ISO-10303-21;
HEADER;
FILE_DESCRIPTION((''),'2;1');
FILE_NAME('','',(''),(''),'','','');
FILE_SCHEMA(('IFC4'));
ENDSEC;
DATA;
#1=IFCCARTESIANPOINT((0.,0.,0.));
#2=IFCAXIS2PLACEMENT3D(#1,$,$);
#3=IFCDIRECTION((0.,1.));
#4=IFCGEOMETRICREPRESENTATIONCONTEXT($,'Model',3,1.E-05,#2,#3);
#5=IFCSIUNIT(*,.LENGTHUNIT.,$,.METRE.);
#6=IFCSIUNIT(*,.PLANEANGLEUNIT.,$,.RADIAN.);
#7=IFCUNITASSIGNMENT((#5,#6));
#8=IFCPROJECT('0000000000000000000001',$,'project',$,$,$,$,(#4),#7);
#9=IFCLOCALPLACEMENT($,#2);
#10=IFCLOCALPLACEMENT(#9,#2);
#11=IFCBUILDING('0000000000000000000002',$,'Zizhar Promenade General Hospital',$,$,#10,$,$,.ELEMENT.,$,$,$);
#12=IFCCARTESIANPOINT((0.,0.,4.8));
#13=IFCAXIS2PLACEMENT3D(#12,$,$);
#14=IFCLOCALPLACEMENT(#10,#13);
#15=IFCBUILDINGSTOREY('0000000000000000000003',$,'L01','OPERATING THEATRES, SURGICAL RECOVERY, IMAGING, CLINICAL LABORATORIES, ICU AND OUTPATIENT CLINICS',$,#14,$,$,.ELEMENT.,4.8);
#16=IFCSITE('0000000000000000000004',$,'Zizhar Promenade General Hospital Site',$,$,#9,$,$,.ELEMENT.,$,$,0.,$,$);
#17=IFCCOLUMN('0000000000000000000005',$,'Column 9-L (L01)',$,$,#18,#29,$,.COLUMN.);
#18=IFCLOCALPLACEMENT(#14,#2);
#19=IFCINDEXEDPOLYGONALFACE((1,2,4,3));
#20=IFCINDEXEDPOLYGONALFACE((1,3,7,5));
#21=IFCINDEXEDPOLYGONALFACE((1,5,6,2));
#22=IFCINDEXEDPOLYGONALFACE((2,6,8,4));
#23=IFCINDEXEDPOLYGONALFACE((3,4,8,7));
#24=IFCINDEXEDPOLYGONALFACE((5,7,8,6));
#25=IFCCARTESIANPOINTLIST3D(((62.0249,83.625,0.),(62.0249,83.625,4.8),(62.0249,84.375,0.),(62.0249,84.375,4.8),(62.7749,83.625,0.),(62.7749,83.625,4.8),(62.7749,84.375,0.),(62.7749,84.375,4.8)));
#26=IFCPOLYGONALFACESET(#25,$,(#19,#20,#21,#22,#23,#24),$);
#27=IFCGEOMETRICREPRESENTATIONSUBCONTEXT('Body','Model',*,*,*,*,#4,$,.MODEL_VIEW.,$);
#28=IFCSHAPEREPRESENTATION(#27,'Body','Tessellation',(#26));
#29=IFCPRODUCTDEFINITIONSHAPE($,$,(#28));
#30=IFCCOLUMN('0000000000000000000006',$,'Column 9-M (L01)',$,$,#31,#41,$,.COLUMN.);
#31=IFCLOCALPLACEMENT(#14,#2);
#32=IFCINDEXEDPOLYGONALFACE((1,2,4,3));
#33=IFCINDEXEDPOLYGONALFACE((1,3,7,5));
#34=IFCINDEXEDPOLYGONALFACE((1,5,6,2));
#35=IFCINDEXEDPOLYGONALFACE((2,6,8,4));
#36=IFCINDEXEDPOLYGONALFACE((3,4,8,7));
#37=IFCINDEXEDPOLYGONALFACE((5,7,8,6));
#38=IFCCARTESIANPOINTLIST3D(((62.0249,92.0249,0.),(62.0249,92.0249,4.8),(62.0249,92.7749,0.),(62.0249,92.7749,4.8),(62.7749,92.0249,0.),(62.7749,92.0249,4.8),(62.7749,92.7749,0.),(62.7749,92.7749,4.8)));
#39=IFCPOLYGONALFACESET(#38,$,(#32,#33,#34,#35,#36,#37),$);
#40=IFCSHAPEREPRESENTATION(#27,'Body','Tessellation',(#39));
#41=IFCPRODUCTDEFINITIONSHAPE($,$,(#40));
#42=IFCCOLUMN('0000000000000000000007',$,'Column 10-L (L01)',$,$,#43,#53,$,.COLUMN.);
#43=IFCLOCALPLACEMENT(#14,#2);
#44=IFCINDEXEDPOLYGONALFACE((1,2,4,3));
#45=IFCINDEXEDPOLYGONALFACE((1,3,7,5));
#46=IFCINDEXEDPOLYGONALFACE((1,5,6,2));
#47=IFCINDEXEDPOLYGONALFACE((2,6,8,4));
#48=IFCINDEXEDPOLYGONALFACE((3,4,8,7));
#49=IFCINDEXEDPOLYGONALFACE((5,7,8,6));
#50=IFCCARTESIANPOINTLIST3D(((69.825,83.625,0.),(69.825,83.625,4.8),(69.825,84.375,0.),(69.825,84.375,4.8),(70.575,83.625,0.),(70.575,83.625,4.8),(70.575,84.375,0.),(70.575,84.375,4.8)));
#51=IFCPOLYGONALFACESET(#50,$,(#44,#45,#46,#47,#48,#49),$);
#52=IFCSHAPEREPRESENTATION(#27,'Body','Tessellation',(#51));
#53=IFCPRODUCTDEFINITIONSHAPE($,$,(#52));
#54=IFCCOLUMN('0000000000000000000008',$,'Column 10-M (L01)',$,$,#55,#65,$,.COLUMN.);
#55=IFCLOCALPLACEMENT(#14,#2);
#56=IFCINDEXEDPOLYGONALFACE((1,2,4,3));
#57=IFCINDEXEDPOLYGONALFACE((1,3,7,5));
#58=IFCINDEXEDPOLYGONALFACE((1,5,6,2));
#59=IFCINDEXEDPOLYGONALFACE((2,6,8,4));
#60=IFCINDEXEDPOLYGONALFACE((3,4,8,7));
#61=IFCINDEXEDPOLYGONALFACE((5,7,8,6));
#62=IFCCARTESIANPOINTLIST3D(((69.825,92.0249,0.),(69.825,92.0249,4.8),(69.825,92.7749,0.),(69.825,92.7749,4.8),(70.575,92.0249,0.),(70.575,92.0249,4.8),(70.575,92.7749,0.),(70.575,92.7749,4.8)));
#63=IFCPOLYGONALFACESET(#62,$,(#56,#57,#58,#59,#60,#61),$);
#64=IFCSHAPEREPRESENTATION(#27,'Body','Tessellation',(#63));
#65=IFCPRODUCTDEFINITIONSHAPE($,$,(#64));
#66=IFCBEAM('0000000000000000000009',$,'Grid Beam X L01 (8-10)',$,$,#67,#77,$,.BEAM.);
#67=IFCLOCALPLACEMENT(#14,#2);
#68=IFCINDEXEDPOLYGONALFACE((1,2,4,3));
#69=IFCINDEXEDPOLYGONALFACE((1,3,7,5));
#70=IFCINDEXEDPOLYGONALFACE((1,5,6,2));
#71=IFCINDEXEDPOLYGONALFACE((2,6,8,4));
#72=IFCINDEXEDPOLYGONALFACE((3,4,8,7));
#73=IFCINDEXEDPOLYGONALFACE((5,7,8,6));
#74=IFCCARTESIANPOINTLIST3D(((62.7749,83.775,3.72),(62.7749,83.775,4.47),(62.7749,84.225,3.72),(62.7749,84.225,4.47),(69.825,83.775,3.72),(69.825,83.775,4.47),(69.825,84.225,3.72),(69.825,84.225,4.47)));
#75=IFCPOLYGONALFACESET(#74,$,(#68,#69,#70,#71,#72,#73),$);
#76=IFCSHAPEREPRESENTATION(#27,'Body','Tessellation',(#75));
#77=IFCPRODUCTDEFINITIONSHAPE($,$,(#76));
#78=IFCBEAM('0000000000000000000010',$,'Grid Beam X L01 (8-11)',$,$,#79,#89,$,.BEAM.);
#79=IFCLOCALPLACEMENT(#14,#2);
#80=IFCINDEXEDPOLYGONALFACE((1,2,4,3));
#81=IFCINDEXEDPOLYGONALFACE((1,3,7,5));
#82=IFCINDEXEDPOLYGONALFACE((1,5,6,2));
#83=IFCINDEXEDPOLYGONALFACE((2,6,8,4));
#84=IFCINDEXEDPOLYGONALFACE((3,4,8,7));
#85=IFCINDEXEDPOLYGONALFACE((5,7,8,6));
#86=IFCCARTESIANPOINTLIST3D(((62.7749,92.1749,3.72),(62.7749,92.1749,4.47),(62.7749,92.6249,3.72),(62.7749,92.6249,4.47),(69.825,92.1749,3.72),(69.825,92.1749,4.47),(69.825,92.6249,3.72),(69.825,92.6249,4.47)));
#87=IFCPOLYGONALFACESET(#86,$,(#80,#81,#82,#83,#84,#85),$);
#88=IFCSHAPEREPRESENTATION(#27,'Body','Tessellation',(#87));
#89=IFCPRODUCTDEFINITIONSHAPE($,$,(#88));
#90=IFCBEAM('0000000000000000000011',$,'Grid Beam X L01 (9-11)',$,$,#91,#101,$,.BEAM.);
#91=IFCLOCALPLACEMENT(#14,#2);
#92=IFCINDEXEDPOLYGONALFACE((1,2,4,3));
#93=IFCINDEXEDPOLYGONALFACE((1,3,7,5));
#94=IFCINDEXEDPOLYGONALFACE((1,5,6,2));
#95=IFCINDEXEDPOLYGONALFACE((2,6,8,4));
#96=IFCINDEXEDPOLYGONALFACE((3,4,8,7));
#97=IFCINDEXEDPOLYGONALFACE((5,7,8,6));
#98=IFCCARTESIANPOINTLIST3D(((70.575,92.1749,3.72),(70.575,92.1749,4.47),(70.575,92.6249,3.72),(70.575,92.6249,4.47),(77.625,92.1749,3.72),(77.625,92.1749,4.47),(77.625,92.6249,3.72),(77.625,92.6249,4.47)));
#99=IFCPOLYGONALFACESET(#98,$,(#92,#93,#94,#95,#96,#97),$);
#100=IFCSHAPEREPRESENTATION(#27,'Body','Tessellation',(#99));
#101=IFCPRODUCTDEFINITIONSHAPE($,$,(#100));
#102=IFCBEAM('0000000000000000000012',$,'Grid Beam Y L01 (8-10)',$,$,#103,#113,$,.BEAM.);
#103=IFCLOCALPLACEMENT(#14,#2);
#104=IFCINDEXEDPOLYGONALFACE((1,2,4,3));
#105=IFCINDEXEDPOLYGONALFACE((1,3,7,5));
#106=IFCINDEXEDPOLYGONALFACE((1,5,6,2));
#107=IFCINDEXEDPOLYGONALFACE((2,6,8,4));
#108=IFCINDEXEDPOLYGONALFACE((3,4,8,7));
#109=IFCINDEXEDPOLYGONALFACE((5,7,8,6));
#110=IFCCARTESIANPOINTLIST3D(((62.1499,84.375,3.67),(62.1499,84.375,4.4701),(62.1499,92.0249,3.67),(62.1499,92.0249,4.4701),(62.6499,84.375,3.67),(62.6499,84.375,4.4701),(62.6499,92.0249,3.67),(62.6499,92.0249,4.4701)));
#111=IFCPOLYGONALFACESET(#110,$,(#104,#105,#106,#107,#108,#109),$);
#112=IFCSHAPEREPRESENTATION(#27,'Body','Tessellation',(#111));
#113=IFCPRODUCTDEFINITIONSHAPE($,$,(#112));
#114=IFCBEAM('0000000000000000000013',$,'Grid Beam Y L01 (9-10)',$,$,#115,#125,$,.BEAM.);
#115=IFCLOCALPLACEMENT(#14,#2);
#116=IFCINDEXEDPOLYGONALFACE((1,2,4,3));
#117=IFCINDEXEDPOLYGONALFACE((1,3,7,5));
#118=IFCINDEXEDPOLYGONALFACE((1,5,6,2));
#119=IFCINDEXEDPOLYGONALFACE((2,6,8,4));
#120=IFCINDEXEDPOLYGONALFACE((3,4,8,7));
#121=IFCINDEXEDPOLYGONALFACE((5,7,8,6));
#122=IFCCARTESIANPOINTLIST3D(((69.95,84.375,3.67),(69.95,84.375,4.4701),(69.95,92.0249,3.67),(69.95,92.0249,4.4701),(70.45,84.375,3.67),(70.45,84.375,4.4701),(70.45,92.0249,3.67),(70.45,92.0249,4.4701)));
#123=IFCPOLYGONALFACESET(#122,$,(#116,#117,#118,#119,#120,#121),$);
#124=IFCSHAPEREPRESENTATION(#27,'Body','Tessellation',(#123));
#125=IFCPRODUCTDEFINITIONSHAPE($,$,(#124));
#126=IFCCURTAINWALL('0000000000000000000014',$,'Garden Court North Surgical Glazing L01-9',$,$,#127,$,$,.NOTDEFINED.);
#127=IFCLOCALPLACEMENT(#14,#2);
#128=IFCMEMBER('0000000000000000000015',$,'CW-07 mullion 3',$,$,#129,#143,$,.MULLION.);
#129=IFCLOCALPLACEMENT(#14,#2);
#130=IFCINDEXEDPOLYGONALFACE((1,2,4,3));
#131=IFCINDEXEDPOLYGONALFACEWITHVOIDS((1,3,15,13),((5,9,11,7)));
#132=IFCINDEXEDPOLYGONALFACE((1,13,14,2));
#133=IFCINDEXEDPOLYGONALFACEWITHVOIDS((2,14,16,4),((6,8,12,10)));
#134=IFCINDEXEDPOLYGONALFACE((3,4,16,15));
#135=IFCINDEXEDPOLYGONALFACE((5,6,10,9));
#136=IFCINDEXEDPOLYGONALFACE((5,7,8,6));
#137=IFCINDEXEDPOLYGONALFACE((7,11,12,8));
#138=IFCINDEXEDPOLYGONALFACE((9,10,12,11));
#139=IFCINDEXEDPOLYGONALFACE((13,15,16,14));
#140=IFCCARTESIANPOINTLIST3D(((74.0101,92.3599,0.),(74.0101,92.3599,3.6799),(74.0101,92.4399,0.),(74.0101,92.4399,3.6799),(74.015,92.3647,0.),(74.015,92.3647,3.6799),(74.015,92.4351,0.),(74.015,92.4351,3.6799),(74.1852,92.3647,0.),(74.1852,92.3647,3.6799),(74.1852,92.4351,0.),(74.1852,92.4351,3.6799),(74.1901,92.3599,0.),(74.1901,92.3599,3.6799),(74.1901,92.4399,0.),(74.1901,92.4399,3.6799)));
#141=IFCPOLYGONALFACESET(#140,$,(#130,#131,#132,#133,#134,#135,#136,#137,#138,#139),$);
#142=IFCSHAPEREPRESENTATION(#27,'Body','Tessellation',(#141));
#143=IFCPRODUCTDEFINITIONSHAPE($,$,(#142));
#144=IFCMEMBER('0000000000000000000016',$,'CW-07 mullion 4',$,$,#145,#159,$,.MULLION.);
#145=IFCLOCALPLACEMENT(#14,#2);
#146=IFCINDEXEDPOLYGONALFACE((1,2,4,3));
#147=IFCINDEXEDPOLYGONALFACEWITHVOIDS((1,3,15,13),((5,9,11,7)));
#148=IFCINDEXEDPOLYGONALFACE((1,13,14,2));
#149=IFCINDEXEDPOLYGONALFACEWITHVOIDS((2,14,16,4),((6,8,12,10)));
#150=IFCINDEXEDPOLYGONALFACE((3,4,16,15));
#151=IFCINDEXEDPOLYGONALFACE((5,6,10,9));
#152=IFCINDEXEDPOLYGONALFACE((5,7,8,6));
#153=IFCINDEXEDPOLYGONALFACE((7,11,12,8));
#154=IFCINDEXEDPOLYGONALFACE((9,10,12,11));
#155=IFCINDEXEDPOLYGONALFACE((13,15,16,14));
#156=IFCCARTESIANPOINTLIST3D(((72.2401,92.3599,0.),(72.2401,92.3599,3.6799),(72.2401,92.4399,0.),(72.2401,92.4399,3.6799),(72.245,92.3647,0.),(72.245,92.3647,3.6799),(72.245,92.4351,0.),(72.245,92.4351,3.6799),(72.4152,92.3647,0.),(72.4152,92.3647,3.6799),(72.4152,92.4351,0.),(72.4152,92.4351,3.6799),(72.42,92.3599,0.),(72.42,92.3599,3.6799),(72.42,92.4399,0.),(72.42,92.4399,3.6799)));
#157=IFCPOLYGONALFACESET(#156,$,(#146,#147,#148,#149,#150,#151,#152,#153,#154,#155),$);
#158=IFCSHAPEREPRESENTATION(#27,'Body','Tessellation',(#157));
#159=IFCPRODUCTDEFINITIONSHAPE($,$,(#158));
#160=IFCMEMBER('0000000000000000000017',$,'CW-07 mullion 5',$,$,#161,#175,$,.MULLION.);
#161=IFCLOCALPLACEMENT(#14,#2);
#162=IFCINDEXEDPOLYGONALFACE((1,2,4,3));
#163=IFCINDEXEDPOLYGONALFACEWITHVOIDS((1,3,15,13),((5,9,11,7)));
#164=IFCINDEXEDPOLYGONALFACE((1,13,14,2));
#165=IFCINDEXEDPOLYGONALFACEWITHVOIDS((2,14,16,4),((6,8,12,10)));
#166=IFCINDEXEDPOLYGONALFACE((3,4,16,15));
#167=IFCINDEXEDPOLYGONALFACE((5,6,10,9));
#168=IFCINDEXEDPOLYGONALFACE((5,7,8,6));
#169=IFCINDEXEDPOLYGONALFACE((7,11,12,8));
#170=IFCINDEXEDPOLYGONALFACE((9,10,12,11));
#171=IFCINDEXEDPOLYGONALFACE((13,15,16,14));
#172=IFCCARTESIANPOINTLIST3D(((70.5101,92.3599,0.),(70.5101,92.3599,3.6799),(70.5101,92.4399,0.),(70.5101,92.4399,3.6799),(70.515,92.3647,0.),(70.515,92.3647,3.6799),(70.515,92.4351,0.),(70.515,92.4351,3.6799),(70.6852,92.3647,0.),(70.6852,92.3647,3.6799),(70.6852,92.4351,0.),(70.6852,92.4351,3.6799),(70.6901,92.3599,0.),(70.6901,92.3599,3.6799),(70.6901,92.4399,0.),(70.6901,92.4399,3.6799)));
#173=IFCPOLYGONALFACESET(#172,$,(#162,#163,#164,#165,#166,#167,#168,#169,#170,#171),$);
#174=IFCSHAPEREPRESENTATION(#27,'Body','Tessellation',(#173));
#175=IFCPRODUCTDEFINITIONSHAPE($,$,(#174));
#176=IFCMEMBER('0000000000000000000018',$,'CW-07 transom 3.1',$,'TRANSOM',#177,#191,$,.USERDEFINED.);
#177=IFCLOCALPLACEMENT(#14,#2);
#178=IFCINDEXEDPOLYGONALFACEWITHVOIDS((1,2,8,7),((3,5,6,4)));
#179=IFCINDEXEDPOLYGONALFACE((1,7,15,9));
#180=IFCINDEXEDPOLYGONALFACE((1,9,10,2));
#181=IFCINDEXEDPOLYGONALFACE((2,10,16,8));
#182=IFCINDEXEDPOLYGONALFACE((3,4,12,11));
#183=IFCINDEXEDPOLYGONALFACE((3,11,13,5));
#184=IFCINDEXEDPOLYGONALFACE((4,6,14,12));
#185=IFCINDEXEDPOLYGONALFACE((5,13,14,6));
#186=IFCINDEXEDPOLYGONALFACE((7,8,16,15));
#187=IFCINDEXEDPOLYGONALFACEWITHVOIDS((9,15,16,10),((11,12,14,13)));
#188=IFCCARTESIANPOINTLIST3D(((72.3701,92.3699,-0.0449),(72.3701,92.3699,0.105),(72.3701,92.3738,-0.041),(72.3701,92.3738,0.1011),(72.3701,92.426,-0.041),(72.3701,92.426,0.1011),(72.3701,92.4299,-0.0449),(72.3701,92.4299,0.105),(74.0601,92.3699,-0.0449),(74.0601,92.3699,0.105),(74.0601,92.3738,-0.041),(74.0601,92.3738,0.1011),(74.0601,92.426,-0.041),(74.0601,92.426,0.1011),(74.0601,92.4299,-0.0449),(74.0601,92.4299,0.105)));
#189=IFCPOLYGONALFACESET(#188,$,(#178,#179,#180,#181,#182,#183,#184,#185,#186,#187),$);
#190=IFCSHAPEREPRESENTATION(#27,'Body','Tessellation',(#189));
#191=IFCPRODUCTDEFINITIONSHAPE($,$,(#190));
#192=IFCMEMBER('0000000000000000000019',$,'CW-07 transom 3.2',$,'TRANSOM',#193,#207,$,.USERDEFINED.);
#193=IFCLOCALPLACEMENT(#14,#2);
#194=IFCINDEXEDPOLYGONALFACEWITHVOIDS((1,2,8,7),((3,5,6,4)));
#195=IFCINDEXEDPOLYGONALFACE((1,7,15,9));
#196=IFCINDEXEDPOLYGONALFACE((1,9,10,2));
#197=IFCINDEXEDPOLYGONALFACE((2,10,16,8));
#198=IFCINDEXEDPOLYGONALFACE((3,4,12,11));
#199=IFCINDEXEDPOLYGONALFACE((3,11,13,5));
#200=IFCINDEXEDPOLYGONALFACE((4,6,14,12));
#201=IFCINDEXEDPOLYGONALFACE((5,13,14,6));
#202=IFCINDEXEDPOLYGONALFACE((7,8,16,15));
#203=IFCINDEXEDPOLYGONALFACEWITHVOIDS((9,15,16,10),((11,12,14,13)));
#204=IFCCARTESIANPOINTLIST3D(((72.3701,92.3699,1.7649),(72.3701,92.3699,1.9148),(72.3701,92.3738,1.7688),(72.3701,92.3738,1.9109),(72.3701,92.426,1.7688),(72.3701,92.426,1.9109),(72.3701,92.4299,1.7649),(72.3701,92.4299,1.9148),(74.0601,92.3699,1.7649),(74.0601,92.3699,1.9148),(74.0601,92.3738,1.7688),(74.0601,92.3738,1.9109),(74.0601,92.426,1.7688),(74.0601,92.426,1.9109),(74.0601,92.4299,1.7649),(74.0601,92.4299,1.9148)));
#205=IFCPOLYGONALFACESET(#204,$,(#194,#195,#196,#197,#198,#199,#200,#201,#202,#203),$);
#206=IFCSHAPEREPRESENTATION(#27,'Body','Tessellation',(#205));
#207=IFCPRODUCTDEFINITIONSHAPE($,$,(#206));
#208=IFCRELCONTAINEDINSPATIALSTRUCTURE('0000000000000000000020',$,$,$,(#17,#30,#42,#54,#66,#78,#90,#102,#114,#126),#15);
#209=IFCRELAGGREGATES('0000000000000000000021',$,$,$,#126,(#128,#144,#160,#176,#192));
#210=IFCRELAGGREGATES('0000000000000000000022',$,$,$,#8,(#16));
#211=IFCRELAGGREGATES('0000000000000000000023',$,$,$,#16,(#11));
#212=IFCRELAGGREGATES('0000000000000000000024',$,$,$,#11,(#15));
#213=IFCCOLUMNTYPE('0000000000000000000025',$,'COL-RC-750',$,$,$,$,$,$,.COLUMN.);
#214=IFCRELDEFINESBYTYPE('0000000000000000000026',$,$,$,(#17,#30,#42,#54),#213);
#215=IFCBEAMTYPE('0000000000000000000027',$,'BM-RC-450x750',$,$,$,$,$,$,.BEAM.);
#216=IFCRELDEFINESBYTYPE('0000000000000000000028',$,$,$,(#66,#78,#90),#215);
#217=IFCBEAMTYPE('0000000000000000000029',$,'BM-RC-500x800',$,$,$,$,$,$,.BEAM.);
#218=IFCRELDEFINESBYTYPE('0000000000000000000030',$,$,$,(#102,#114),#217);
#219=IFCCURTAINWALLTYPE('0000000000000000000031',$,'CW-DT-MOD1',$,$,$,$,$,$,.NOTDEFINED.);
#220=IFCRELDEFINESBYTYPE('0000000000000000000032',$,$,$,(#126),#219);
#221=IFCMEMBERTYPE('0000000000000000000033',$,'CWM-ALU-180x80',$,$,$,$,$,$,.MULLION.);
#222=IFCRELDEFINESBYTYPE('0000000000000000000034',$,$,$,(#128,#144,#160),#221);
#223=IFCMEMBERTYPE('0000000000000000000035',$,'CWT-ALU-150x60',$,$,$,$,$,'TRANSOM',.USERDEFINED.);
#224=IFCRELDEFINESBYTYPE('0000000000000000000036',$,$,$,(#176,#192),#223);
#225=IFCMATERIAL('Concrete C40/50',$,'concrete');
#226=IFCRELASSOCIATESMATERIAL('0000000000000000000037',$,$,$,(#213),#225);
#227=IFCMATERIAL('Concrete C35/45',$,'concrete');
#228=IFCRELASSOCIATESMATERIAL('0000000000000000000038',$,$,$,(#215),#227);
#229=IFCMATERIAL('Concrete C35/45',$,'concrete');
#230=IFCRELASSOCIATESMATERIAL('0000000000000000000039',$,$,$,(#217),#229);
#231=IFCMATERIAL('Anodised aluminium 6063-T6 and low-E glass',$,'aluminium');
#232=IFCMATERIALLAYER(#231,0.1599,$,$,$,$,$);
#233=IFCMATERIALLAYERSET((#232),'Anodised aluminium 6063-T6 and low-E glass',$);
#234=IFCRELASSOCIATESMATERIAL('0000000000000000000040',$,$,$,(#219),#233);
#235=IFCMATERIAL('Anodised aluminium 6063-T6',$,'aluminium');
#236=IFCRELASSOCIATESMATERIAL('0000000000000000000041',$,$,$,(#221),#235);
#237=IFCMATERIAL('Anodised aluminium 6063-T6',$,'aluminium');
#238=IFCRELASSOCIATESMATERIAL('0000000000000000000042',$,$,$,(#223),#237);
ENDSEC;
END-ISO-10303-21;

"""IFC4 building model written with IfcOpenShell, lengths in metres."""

from ifc_helpers import new_model, si_unit, direction, frame, origin, origin_2d, place, context, subcontext, project, spatial, rectangle, hollow_rectangle, extrude, material, layer, layer_set, material_profile, profile_set, type_object, element, aggregate, save


model = new_model("IFC4")

# Units and contexts
model_context = context("Model", 3, precision=1e-05, world=origin(), true_north=direction((0.0, 1.0)))
body_context = subcontext(model_context, "Body", "Model", "MODEL_VIEW")
ifc_project = project(units=[si_unit("LENGTHUNIT", "METRE"), si_unit("PLANEANGLEUNIT", "RADIAN")], contexts=[model_context])

# Site, building, storey
site_placement = place(None, origin())
site = spatial("IfcSite", under=ifc_project, at=site_placement, Name="Zizhar Promenade General Hospital Site", CompositionType="ELEMENT", RefElevation=0.0)
building_placement = place(site_placement, origin())
building = spatial("IfcBuilding", under=site, at=building_placement, Name="Zizhar Promenade General Hospital", CompositionType="ELEMENT")
storey_placement = place(building_placement, frame((0.0, 0.0, 4.8)))
storey = spatial("IfcBuildingStorey", under=building, at=storey_placement, Name="L01", Description="OPERATING THEATRES, SURGICAL RECOVERY, IMAGING, CLINICAL LABORATORIES, ICU AND OUTPATIENT CLINICS", CompositionType="ELEMENT", Elevation=4.8)

# Columns
ifc_material_1 = material(Name="Concrete C40/50", Category="concrete")
ifc_material_profile_1 = material_profile(ifc_material_1, rectangle(XDim=0.75, YDim=0.75, at=origin_2d()))
ifc_profile_set_1 = profile_set([ifc_material_profile_1], Name="Concrete C40/50")
column_type = type_object("IfcColumnType", Name="COL-RC-750", PredefinedType="COLUMN", material=ifc_profile_set_1)
for number, where, z_axis, x_axis, name in (
    (1, (62.3999, 84.0, 0.0), (0.0, 0.0, 1.0), (1.0, 0.0, 0.0), "Column 9-L (L01)"),
    (2, (62.3999, 92.3999, 0.0), (0.0, 0.0, 1.0), (1.0, 0.0, 0.0), "Column 9-M (L01)"),
    (3, (70.2, 84.0, 0.0), (0.0, 0.0, 1.0), (1.0, 0.0, 0.0), "Column 10-L (L01)"),
    (4, (70.2, 92.3999, 0.0), (0.0, 0.0, 1.0), (1.0, 0.0, 0.0), "Column 10-M (L01)"),
):
    element("IfcColumn", number, at=place(storey_placement, frame(where, z_axis=z_axis, x_axis=x_axis)), inside=storey, type_object=column_type, Name=name, PredefinedType="COLUMN", context=body_context, shape_type="SweptSolid", body=[
        extrude(rectangle(XDim=0.75, YDim=0.75, at=origin_2d()), origin(), (0.0, 0.0, 1.0), 4.8),
    ])

# Beams
ifc_material_2 = material(Name="Concrete C35/45", Category="concrete")
ifc_material_profile_2 = material_profile(ifc_material_2, rectangle(XDim=0.45, YDim=0.75, at=origin_2d()))
ifc_profile_set_2 = profile_set([ifc_material_profile_2], Name="Concrete C35/45")
beam_type_1 = type_object("IfcBeamType", Name="BM-RC-450x750", PredefinedType="BEAM", material=ifc_profile_set_2)
for number, where, z_axis, x_axis, name in (
    (5, (62.7749, 84.0, 4.095), (1.0, 0.0, 0.0), (0.0, 1.0, 0.0), "Grid Beam X L01 (8-10)"),
    (6, (62.7749, 92.3999, 4.095), (1.0, 0.0, 0.0), (0.0, 1.0, 0.0), "Grid Beam X L01 (8-11)"),
    (7, (70.575, 92.3999, 4.095), (1.0, 0.0, 0.0), (0.0, 1.0, 0.0), "Grid Beam X L01 (9-11)"),
):
    element("IfcBeam", number, at=place(storey_placement, frame(where, z_axis=z_axis, x_axis=x_axis)), inside=storey, type_object=beam_type_1, Name=name, PredefinedType="BEAM", context=body_context, shape_type="SweptSolid", body=[
        extrude(rectangle(XDim=0.45, YDim=0.75, at=origin_2d()), origin(), (0.0, 0.0, 1.0), 7.05),
    ])
ifc_material_3 = material(Name="Concrete C35/45", Category="concrete")
ifc_material_profile_3 = material_profile(ifc_material_3, rectangle(XDim=0.5, YDim=0.8, at=origin_2d()))
ifc_profile_set_3 = profile_set([ifc_material_profile_3], Name="Concrete C35/45")
beam_type_2 = type_object("IfcBeamType", Name="BM-RC-500x800", PredefinedType="BEAM", material=ifc_profile_set_3)
for number, where, z_axis, x_axis, name in (
    (8, (62.3999, 84.375, 4.0701), (0.0, 1.0, 0.0), (-1.0, 0.0, 0.0), "Grid Beam Y L01 (8-10)"),
    (9, (70.2, 84.375, 4.0701), (0.0, 1.0, 0.0), (-1.0, 0.0, 0.0), "Grid Beam Y L01 (9-10)"),
):
    element("IfcBeam", number, at=place(storey_placement, frame(where, z_axis=z_axis, x_axis=x_axis)), inside=storey, type_object=beam_type_2, Name=name, PredefinedType="BEAM", context=body_context, shape_type="SweptSolid", body=[
        extrude(rectangle(XDim=0.5, YDim=0.8, at=origin_2d()), origin(), (0.0, 0.0, 1.0), 7.6499),
    ])

# Curtain wall, members
ifc_material_4 = material(Name="Anodised aluminium 6063-T6 and low-E glass", Category="aluminium")
ifc_layer_1 = layer(ifc_material_4, 0.1599)
ifc_layer_set_1 = layer_set([ifc_layer_1], Name="Anodised aluminium 6063-T6 and low-E glass")
curtain_wall_type = type_object("IfcCurtainWallType", Name="CW-DT-MOD1", PredefinedType="NOTDEFINED", material=ifc_layer_set_1)
curtain_wall_placement = place(storey_placement, origin())
curtain_wall = element("IfcCurtainWall", 10, at=curtain_wall_placement, inside=storey, type_object=curtain_wall_type, Name="Garden Court North Surgical Glazing L01-9", PredefinedType="NOTDEFINED")
ifc_material_5 = material(Name="Anodised aluminium 6063-T6", Category="aluminium")
ifc_material_profile_4 = material_profile(ifc_material_5, hollow_rectangle(XDim=0.0801, YDim=0.1799, WallThickness=0.0049, at=origin_2d()))
ifc_profile_set_4 = profile_set([ifc_material_profile_4], Name="Anodised aluminium 6063-T6")
member_type_1 = type_object("IfcMemberType", Name="CWM-ALU-180x80", PredefinedType="MULLION", material=ifc_profile_set_4)
member_1_placement = place(storey_placement, frame((74.1001, 92.3999, 0.0), z_axis=(0.0, 0.0, 1.0), x_axis=(0.0, -1.0, 0.0)))
member_1 = element("IfcMember", 11, at=member_1_placement, type_object=member_type_1, Name="CW-07 mullion 3", PredefinedType="MULLION", context=body_context, shape_type="SweptSolid", body=[
    extrude(hollow_rectangle(XDim=0.0801, YDim=0.1799, WallThickness=0.0049, at=origin_2d()), origin(), (0.0, 0.0, 1.0), 3.6799),
])
member_2_placement = place(storey_placement, frame((72.3301, 92.3999, 0.0), z_axis=(0.0, 0.0, 1.0), x_axis=(0.0, -1.0, 0.0)))
member_2 = element("IfcMember", 12, at=member_2_placement, type_object=member_type_1, Name="CW-07 mullion 4", PredefinedType="MULLION", context=body_context, shape_type="SweptSolid", body=[
    extrude(hollow_rectangle(XDim=0.0801, YDim=0.1799, WallThickness=0.0049, at=origin_2d()), origin(), (0.0, 0.0, 1.0), 3.6799),
])
member_3_placement = place(storey_placement, frame((70.6001, 92.3999, 0.0), z_axis=(0.0, 0.0, 1.0), x_axis=(0.0, -1.0, 0.0)))
member_3 = element("IfcMember", 13, at=member_3_placement, type_object=member_type_1, Name="CW-07 mullion 5", PredefinedType="MULLION", context=body_context, shape_type="SweptSolid", body=[
    extrude(hollow_rectangle(XDim=0.0801, YDim=0.1799, WallThickness=0.0049, at=origin_2d()), origin(), (0.0, 0.0, 1.0), 3.6799),
])
ifc_material_6 = material(Name="Anodised aluminium 6063-T6", Category="aluminium")
ifc_material_profile_5 = material_profile(ifc_material_6, hollow_rectangle(XDim=0.0601, YDim=0.1499, WallThickness=0.0039, at=origin_2d()))
ifc_profile_set_5 = profile_set([ifc_material_profile_5], Name="Anodised aluminium 6063-T6")
member_type_2 = type_object("IfcMemberType", Name="CWT-ALU-150x60", ElementType="TRANSOM", PredefinedType="USERDEFINED", material=ifc_profile_set_5)
member_4_placement = place(storey_placement, frame((74.0601, 92.3999, 0.03), z_axis=(-1.0, 0.0, 0.0), x_axis=(0.0, -1.0, 0.0)))
member_4 = element("IfcMember", 14, at=member_4_placement, type_object=member_type_2, Name="CW-07 transom 3.1", ObjectType="TRANSOM", PredefinedType="USERDEFINED", context=body_context, shape_type="SweptSolid", body=[
    extrude(hollow_rectangle(XDim=0.0601, YDim=0.1499, WallThickness=0.0039, at=origin_2d()), origin(), (0.0, 0.0, 1.0), 1.6899),
])
member_5_placement = place(storey_placement, frame((74.0601, 92.3999, 1.8398), z_axis=(-1.0, 0.0, 0.0), x_axis=(0.0, -1.0, 0.0)))
member_5 = element("IfcMember", 15, at=member_5_placement, type_object=member_type_2, Name="CW-07 transom 3.2", ObjectType="TRANSOM", PredefinedType="USERDEFINED", context=body_context, shape_type="SweptSolid", body=[
    extrude(hollow_rectangle(XDim=0.0601, YDim=0.1499, WallThickness=0.0039, at=origin_2d()), origin(), (0.0, 0.0, 1.0), 1.6899),
])
aggregate(curtain_wall, [member_1, member_2, member_3, member_4, member_5])

save(model, "model.ifc")
